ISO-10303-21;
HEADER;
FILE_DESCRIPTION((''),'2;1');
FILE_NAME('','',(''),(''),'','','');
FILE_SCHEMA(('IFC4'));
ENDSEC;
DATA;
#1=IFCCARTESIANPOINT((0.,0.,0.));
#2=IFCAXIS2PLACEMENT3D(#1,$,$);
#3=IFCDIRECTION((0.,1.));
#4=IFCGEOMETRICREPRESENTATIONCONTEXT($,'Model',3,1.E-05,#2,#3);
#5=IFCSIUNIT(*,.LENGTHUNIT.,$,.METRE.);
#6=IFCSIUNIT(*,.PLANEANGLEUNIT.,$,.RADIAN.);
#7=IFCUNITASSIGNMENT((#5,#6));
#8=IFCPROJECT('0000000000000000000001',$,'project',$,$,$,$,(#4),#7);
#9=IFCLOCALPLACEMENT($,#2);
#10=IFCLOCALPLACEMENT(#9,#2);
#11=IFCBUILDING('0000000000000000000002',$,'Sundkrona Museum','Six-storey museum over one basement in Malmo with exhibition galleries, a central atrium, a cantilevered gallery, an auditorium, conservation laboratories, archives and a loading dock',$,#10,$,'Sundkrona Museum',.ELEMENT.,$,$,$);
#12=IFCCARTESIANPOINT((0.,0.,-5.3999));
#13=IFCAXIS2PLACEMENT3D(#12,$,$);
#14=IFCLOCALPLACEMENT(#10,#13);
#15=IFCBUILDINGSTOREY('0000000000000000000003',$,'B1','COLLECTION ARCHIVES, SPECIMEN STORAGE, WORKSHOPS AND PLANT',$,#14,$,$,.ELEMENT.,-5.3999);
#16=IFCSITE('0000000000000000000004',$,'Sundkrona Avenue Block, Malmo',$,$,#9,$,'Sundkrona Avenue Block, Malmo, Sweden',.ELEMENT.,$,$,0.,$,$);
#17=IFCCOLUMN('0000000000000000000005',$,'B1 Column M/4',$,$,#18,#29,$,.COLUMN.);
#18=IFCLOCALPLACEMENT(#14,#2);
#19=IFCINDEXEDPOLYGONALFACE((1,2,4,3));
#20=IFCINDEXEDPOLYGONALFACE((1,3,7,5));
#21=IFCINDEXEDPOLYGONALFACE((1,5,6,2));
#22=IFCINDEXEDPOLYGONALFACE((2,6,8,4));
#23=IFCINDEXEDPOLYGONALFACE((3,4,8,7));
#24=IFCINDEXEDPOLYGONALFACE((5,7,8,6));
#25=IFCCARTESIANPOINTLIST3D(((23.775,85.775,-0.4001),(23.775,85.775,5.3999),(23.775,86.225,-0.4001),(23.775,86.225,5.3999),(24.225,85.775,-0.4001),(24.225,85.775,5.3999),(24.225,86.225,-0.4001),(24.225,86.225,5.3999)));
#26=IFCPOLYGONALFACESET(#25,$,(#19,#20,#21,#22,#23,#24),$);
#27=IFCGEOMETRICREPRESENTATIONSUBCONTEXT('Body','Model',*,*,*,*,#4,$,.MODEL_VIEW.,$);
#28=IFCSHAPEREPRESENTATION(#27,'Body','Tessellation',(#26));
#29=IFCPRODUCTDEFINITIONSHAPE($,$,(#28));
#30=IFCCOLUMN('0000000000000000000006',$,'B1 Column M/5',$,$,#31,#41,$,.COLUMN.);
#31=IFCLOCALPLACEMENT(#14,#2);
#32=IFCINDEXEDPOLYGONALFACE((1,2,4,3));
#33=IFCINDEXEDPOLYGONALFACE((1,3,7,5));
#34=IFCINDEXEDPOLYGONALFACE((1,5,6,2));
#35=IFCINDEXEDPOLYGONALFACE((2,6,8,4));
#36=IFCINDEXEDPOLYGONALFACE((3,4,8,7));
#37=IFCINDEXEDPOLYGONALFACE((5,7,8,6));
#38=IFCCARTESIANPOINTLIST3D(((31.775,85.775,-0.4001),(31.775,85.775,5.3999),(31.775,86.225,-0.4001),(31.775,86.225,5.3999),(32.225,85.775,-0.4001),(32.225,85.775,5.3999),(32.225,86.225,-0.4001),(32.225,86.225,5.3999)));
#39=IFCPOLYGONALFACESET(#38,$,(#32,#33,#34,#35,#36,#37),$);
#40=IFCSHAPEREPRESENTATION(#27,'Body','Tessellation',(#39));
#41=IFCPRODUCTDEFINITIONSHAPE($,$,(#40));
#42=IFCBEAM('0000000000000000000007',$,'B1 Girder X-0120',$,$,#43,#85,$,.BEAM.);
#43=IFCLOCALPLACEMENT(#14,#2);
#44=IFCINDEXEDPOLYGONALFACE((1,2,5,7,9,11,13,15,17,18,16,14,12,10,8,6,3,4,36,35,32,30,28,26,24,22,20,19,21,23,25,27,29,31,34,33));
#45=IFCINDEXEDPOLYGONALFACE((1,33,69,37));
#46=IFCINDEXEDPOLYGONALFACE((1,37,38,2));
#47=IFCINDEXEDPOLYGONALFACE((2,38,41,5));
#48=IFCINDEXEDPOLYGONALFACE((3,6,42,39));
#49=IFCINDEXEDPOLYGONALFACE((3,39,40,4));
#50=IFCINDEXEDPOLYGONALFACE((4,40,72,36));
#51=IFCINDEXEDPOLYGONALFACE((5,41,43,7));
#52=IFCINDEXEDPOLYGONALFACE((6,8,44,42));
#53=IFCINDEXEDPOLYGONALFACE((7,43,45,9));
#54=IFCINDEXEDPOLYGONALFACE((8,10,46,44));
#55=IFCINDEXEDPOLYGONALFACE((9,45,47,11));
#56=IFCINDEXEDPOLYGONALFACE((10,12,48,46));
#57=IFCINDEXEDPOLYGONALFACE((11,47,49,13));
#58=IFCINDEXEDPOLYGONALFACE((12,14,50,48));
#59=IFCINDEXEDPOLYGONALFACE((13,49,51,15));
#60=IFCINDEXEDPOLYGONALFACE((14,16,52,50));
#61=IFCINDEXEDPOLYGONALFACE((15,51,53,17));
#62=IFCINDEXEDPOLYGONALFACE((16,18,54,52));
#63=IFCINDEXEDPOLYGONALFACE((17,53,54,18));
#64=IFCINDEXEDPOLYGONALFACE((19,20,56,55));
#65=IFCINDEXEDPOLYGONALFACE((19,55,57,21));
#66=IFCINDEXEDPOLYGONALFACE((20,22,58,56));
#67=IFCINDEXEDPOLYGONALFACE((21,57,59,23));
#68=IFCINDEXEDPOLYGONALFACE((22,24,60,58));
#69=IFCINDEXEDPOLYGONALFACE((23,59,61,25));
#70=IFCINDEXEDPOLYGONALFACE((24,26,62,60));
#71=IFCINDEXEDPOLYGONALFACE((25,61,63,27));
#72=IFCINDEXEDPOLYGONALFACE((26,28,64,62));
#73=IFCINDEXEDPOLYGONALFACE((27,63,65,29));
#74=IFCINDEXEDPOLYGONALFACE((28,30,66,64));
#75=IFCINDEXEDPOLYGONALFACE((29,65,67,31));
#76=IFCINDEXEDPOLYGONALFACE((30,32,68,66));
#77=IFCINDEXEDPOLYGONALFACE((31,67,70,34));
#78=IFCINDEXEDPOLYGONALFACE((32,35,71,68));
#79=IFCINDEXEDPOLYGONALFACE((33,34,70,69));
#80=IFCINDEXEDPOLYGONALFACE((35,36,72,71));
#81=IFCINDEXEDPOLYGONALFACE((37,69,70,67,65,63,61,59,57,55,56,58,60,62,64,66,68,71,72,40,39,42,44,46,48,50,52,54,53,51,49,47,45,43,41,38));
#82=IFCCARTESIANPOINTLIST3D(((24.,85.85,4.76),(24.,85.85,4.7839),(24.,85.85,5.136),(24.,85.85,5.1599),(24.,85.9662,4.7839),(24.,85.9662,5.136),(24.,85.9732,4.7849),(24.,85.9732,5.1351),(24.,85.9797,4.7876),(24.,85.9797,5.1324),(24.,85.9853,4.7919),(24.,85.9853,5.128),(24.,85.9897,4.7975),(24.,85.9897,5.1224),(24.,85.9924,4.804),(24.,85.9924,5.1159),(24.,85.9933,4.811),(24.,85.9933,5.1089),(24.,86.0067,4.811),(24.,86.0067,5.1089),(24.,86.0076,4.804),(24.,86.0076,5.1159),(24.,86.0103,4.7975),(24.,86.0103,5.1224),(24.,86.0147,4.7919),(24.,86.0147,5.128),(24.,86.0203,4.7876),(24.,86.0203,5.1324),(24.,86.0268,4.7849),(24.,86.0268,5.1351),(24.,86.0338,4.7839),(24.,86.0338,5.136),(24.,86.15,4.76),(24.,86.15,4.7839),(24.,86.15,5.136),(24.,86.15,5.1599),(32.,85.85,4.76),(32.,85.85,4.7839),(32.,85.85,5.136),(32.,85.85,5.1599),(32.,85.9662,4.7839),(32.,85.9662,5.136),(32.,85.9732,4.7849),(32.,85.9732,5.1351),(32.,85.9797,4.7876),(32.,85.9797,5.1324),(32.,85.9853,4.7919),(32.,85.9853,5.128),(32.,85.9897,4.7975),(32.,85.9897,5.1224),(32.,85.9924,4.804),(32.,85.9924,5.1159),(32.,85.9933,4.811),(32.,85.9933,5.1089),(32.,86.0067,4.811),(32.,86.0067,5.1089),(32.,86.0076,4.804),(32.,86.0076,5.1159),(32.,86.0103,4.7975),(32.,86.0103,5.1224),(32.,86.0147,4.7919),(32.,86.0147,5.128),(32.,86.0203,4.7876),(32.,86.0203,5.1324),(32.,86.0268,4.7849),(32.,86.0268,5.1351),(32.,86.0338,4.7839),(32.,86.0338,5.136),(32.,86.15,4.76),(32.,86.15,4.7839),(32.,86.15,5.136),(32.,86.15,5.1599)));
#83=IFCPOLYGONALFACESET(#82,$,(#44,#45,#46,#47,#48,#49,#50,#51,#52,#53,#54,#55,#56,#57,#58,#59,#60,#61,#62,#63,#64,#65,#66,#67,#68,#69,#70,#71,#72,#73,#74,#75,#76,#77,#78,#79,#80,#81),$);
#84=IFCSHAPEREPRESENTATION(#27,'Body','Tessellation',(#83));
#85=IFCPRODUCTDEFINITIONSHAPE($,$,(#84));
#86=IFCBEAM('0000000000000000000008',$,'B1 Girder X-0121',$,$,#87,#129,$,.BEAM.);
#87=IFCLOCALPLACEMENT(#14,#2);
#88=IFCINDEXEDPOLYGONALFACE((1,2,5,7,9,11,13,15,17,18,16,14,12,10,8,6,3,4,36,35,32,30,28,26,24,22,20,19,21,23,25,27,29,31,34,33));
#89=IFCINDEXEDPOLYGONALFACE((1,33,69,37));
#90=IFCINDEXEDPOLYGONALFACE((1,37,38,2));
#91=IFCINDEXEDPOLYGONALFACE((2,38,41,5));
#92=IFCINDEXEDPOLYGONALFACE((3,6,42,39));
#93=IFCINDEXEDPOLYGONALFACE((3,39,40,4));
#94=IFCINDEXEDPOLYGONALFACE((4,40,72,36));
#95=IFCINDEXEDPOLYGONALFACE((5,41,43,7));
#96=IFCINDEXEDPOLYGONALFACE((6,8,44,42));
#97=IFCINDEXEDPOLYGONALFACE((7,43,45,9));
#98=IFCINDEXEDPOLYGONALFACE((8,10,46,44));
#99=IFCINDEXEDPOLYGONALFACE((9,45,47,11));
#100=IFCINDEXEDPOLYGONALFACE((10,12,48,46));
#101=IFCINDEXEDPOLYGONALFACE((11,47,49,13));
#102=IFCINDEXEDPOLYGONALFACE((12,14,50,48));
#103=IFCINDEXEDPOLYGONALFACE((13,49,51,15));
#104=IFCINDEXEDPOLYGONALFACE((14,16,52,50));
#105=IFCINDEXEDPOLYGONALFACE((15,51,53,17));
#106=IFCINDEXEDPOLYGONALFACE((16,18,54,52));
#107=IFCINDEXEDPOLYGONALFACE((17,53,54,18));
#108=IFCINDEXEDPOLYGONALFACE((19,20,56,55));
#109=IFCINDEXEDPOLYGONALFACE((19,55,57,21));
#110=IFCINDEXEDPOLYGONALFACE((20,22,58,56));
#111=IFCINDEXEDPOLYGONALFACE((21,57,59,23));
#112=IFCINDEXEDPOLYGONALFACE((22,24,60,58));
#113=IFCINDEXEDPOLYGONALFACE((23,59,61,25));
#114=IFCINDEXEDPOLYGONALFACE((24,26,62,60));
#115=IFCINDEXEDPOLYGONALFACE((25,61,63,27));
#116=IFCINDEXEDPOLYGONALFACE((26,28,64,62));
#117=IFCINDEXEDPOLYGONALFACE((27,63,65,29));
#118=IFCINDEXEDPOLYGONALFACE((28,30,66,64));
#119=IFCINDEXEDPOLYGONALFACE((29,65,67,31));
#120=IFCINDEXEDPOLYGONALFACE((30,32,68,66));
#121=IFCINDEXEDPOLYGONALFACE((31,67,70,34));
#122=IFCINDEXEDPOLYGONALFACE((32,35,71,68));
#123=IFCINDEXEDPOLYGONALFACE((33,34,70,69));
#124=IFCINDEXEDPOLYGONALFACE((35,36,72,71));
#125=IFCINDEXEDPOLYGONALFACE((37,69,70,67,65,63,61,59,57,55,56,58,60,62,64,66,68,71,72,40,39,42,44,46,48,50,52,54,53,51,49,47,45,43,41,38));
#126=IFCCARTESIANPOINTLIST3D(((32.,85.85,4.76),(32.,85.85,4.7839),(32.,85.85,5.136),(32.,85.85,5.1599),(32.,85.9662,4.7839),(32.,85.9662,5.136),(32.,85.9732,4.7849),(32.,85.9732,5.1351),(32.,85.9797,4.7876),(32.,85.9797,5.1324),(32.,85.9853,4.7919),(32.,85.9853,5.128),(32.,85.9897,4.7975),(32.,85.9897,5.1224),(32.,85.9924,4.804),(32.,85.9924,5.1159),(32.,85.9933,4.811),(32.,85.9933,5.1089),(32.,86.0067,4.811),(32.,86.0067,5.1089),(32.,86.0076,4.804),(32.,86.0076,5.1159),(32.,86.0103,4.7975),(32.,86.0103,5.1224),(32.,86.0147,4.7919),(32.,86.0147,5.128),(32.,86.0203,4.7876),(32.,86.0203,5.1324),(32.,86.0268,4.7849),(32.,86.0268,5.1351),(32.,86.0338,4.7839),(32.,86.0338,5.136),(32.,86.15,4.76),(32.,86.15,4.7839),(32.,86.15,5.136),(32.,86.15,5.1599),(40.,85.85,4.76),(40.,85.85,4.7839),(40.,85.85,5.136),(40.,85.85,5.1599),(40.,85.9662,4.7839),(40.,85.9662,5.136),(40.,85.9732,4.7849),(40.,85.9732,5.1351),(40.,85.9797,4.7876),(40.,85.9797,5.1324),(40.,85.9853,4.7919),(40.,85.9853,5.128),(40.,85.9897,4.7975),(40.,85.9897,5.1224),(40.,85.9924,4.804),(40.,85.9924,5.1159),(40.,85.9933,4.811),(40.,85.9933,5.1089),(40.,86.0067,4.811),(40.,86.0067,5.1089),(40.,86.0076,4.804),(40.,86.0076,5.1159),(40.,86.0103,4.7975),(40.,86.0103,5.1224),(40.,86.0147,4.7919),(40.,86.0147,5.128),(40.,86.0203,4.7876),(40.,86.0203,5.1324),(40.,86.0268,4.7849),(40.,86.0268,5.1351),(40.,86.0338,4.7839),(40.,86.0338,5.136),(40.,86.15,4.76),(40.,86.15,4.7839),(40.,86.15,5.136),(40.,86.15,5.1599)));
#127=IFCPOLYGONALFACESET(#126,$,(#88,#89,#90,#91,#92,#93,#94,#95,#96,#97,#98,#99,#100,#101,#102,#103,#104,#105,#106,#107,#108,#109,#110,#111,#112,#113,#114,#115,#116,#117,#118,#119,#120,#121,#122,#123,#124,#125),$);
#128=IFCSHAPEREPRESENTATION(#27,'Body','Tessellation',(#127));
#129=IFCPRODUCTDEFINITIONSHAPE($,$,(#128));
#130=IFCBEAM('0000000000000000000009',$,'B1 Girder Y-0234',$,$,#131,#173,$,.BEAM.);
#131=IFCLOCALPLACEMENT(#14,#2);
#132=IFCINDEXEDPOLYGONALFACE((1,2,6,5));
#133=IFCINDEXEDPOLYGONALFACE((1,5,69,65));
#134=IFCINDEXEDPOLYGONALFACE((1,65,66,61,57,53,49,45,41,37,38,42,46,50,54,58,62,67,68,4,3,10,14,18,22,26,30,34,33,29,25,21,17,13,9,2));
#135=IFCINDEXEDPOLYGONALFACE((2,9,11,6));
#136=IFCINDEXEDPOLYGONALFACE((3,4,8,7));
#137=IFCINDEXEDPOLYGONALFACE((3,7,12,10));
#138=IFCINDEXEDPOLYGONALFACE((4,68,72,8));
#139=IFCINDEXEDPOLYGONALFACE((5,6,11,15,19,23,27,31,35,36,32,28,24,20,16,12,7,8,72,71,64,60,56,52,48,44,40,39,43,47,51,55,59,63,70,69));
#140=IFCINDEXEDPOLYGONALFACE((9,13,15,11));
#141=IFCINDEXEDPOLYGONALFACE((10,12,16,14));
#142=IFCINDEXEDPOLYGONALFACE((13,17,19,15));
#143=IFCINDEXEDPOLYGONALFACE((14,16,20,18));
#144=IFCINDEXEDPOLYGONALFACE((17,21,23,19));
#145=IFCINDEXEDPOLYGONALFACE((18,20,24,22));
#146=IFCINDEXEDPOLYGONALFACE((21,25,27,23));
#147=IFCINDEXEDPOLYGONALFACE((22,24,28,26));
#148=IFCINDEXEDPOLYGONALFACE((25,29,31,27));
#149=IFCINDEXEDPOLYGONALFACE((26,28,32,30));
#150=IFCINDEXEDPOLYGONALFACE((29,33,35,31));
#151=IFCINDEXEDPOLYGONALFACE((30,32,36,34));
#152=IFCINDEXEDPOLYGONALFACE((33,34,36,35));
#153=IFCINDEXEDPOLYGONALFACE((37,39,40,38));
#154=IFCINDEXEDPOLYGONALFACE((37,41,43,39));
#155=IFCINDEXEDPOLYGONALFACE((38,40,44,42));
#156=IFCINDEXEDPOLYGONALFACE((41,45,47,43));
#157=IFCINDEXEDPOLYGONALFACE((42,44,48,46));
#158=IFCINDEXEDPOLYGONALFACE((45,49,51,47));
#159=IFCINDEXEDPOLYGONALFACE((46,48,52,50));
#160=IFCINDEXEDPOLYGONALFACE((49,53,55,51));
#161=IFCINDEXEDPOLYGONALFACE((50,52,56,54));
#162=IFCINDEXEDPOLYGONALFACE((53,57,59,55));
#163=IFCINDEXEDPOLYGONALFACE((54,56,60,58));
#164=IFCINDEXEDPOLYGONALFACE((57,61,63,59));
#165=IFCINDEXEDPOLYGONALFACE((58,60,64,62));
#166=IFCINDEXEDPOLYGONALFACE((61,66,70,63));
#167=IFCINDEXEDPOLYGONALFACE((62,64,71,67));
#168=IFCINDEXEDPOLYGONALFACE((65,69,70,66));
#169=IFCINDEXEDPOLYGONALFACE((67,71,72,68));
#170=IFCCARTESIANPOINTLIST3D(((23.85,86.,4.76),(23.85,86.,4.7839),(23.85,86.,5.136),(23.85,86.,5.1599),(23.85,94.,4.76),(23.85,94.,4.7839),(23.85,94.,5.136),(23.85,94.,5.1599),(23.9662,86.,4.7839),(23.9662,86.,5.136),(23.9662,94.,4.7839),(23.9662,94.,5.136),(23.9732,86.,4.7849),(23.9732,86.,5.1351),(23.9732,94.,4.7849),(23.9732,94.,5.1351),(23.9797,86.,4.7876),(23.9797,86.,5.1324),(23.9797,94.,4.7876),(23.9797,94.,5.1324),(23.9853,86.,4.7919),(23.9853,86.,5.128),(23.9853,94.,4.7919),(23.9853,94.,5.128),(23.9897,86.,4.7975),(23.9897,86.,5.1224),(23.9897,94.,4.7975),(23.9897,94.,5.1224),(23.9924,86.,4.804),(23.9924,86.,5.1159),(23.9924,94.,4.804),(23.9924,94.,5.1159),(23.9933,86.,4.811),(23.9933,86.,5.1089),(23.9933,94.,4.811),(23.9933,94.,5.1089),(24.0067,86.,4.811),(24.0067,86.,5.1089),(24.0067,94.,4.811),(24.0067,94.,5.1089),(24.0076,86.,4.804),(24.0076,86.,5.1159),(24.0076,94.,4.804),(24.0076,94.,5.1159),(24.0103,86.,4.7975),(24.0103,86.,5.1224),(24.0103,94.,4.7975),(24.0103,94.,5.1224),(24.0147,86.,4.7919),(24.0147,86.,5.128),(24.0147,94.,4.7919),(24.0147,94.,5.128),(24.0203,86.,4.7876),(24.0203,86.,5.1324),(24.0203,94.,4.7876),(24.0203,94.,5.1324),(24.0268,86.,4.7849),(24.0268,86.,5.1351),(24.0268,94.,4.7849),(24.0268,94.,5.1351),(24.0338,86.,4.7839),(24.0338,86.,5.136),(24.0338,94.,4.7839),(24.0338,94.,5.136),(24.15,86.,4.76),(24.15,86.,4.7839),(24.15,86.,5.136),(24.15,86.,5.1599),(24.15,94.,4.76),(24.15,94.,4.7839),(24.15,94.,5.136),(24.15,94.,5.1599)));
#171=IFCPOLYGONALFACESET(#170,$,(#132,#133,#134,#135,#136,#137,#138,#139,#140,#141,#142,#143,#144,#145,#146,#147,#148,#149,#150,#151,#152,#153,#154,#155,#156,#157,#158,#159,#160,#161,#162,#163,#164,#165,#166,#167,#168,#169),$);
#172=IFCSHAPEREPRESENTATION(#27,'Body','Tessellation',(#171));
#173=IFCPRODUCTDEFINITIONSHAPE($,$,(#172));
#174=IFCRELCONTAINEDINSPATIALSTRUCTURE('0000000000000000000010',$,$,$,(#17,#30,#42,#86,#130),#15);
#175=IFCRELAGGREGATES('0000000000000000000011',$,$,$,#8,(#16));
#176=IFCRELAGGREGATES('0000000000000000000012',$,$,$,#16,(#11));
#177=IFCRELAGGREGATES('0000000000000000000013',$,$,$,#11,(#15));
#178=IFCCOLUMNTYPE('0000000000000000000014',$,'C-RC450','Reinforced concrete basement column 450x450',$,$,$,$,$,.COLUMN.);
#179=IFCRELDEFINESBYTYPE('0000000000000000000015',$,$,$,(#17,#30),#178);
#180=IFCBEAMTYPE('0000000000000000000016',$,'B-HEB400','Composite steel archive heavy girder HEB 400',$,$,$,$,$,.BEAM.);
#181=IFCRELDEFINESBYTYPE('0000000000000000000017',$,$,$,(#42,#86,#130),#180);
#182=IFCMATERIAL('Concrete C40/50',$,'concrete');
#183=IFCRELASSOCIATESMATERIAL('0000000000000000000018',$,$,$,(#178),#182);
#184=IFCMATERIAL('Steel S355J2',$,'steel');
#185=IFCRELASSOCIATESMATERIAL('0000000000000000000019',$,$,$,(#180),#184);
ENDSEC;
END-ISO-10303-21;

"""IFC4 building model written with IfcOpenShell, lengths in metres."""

from ifc_helpers import new_model, si_unit, direction, frame, origin, origin_2d, place, context, subcontext, project, spatial, rectangle, i_section, extrude, material, material_profile, profile_set, type_object, element, save


model = new_model("IFC4")

# Units and contexts
model_context = context("Model", 3, precision=1e-05, world=origin(), true_north=direction((0.0, 1.0)))
body_context = subcontext(model_context, "Body", "Model", "MODEL_VIEW")
ifc_project = project(units=[si_unit("LENGTHUNIT", "METRE"), si_unit("PLANEANGLEUNIT", "RADIAN")], contexts=[model_context])

# Site, building, storey
site_placement = place(None, origin())
site = spatial("IfcSite", under=ifc_project, at=site_placement, Name="Sundkrona Avenue Block, Malmo", LongName="Sundkrona Avenue Block, Malmo, Sweden", CompositionType="ELEMENT", RefElevation=0.0)
building_placement = place(site_placement, origin())
building = spatial("IfcBuilding", under=site, at=building_placement, Name="Sundkrona Museum", Description="Six-storey museum over one basement in Malmo with exhibition galleries, a central atrium, a cantilevered gallery, an auditorium, conservation laboratories, archives and a loading dock", LongName="Sundkrona Museum", CompositionType="ELEMENT")
storey_placement = place(building_placement, frame((0.0, 0.0, -5.3999)))
storey = spatial("IfcBuildingStorey", under=building, at=storey_placement, Name="B1", Description="COLLECTION ARCHIVES, SPECIMEN STORAGE, WORKSHOPS AND PLANT", CompositionType="ELEMENT", Elevation=-5.3999)

# Shared definitions
ifc_material_1 = material(Name="Concrete C40/50", Category="concrete")

# Columns
ifc_material_profile_1 = material_profile(ifc_material_1, rectangle(XDim=0.45, YDim=0.45, at=origin_2d()), Name="RC 450x450")
ifc_profile_set_1 = profile_set([ifc_material_profile_1], Name="Concrete C40/50")
column_type = type_object("IfcColumnType", Name="C-RC450", Description="Reinforced concrete basement column 450x450", PredefinedType="COLUMN", material=ifc_profile_set_1)
for number, where, z_axis, x_axis, name in (
    (1, (24.0, 86.0, -0.4001), (0.0, 0.0, 1.0), (1.0, 0.0, 0.0), "B1 Column M/4"),
    (2, (32.0, 86.0, -0.4001), (0.0, 0.0, 1.0), (1.0, 0.0, 0.0), "B1 Column M/5"),
):
    element("IfcColumn", number, at=place(storey_placement, frame(where, z_axis=z_axis, x_axis=x_axis)), inside=storey, type_object=column_type, Name=name, PredefinedType="COLUMN", context=body_context, shape_type="SweptSolid", body=[
        extrude(rectangle(XDim=0.45, YDim=0.45, at=origin_2d()), origin(), (0.0, 0.0, 1.0), 5.8),
    ])

# Beams
ifc_material_2 = material(Name="Steel S355J2", Category="steel")
ifc_material_profile_2 = material_profile(ifc_material_2, i_section(OverallWidth=0.3, OverallDepth=0.3999, WebThickness=0.0134, FlangeThickness=0.0239, FilletRadius=0.0271, at=origin_2d()), Name="HEB 400")
ifc_profile_set_2 = profile_set([ifc_material_profile_2], Name="Steel S355J2")
beam_type_1 = type_object("IfcBeamType", Name="B-HEB400", Description="Composite steel archive heavy girder HEB 400", PredefinedType="BEAM", material=ifc_profile_set_2)
for number, where, z_axis, x_axis, name in (
    (3, (24.0, 86.0, 4.96), (1.0, 0.0, 0.0), (0.0, 1.0, 0.0), "B1 Girder X-0120"),
    (4, (32.0, 86.0, 4.96), (1.0, 0.0, 0.0), (0.0, 1.0, 0.0), "B1 Girder X-0121"),
    (5, (24.0, 86.0, 4.96), (0.0, 1.0, 0.0), (-1.0, 0.0, 0.0), "B1 Girder Y-0234"),
):
    element("IfcBeam", number, at=place(storey_placement, frame(where, z_axis=z_axis, x_axis=x_axis)), inside=storey, type_object=beam_type_1, Name=name, PredefinedType="BEAM", context=body_context, shape_type="SweptSolid", body=[
        extrude(i_section(OverallWidth=0.3, OverallDepth=0.3999, WebThickness=0.0134, FlangeThickness=0.0239, FilletRadius=0.0271, at=origin_2d()), origin(), (0.0, 0.0, 1.0), 8.0),
    ])

save(model, "model.ifc")
